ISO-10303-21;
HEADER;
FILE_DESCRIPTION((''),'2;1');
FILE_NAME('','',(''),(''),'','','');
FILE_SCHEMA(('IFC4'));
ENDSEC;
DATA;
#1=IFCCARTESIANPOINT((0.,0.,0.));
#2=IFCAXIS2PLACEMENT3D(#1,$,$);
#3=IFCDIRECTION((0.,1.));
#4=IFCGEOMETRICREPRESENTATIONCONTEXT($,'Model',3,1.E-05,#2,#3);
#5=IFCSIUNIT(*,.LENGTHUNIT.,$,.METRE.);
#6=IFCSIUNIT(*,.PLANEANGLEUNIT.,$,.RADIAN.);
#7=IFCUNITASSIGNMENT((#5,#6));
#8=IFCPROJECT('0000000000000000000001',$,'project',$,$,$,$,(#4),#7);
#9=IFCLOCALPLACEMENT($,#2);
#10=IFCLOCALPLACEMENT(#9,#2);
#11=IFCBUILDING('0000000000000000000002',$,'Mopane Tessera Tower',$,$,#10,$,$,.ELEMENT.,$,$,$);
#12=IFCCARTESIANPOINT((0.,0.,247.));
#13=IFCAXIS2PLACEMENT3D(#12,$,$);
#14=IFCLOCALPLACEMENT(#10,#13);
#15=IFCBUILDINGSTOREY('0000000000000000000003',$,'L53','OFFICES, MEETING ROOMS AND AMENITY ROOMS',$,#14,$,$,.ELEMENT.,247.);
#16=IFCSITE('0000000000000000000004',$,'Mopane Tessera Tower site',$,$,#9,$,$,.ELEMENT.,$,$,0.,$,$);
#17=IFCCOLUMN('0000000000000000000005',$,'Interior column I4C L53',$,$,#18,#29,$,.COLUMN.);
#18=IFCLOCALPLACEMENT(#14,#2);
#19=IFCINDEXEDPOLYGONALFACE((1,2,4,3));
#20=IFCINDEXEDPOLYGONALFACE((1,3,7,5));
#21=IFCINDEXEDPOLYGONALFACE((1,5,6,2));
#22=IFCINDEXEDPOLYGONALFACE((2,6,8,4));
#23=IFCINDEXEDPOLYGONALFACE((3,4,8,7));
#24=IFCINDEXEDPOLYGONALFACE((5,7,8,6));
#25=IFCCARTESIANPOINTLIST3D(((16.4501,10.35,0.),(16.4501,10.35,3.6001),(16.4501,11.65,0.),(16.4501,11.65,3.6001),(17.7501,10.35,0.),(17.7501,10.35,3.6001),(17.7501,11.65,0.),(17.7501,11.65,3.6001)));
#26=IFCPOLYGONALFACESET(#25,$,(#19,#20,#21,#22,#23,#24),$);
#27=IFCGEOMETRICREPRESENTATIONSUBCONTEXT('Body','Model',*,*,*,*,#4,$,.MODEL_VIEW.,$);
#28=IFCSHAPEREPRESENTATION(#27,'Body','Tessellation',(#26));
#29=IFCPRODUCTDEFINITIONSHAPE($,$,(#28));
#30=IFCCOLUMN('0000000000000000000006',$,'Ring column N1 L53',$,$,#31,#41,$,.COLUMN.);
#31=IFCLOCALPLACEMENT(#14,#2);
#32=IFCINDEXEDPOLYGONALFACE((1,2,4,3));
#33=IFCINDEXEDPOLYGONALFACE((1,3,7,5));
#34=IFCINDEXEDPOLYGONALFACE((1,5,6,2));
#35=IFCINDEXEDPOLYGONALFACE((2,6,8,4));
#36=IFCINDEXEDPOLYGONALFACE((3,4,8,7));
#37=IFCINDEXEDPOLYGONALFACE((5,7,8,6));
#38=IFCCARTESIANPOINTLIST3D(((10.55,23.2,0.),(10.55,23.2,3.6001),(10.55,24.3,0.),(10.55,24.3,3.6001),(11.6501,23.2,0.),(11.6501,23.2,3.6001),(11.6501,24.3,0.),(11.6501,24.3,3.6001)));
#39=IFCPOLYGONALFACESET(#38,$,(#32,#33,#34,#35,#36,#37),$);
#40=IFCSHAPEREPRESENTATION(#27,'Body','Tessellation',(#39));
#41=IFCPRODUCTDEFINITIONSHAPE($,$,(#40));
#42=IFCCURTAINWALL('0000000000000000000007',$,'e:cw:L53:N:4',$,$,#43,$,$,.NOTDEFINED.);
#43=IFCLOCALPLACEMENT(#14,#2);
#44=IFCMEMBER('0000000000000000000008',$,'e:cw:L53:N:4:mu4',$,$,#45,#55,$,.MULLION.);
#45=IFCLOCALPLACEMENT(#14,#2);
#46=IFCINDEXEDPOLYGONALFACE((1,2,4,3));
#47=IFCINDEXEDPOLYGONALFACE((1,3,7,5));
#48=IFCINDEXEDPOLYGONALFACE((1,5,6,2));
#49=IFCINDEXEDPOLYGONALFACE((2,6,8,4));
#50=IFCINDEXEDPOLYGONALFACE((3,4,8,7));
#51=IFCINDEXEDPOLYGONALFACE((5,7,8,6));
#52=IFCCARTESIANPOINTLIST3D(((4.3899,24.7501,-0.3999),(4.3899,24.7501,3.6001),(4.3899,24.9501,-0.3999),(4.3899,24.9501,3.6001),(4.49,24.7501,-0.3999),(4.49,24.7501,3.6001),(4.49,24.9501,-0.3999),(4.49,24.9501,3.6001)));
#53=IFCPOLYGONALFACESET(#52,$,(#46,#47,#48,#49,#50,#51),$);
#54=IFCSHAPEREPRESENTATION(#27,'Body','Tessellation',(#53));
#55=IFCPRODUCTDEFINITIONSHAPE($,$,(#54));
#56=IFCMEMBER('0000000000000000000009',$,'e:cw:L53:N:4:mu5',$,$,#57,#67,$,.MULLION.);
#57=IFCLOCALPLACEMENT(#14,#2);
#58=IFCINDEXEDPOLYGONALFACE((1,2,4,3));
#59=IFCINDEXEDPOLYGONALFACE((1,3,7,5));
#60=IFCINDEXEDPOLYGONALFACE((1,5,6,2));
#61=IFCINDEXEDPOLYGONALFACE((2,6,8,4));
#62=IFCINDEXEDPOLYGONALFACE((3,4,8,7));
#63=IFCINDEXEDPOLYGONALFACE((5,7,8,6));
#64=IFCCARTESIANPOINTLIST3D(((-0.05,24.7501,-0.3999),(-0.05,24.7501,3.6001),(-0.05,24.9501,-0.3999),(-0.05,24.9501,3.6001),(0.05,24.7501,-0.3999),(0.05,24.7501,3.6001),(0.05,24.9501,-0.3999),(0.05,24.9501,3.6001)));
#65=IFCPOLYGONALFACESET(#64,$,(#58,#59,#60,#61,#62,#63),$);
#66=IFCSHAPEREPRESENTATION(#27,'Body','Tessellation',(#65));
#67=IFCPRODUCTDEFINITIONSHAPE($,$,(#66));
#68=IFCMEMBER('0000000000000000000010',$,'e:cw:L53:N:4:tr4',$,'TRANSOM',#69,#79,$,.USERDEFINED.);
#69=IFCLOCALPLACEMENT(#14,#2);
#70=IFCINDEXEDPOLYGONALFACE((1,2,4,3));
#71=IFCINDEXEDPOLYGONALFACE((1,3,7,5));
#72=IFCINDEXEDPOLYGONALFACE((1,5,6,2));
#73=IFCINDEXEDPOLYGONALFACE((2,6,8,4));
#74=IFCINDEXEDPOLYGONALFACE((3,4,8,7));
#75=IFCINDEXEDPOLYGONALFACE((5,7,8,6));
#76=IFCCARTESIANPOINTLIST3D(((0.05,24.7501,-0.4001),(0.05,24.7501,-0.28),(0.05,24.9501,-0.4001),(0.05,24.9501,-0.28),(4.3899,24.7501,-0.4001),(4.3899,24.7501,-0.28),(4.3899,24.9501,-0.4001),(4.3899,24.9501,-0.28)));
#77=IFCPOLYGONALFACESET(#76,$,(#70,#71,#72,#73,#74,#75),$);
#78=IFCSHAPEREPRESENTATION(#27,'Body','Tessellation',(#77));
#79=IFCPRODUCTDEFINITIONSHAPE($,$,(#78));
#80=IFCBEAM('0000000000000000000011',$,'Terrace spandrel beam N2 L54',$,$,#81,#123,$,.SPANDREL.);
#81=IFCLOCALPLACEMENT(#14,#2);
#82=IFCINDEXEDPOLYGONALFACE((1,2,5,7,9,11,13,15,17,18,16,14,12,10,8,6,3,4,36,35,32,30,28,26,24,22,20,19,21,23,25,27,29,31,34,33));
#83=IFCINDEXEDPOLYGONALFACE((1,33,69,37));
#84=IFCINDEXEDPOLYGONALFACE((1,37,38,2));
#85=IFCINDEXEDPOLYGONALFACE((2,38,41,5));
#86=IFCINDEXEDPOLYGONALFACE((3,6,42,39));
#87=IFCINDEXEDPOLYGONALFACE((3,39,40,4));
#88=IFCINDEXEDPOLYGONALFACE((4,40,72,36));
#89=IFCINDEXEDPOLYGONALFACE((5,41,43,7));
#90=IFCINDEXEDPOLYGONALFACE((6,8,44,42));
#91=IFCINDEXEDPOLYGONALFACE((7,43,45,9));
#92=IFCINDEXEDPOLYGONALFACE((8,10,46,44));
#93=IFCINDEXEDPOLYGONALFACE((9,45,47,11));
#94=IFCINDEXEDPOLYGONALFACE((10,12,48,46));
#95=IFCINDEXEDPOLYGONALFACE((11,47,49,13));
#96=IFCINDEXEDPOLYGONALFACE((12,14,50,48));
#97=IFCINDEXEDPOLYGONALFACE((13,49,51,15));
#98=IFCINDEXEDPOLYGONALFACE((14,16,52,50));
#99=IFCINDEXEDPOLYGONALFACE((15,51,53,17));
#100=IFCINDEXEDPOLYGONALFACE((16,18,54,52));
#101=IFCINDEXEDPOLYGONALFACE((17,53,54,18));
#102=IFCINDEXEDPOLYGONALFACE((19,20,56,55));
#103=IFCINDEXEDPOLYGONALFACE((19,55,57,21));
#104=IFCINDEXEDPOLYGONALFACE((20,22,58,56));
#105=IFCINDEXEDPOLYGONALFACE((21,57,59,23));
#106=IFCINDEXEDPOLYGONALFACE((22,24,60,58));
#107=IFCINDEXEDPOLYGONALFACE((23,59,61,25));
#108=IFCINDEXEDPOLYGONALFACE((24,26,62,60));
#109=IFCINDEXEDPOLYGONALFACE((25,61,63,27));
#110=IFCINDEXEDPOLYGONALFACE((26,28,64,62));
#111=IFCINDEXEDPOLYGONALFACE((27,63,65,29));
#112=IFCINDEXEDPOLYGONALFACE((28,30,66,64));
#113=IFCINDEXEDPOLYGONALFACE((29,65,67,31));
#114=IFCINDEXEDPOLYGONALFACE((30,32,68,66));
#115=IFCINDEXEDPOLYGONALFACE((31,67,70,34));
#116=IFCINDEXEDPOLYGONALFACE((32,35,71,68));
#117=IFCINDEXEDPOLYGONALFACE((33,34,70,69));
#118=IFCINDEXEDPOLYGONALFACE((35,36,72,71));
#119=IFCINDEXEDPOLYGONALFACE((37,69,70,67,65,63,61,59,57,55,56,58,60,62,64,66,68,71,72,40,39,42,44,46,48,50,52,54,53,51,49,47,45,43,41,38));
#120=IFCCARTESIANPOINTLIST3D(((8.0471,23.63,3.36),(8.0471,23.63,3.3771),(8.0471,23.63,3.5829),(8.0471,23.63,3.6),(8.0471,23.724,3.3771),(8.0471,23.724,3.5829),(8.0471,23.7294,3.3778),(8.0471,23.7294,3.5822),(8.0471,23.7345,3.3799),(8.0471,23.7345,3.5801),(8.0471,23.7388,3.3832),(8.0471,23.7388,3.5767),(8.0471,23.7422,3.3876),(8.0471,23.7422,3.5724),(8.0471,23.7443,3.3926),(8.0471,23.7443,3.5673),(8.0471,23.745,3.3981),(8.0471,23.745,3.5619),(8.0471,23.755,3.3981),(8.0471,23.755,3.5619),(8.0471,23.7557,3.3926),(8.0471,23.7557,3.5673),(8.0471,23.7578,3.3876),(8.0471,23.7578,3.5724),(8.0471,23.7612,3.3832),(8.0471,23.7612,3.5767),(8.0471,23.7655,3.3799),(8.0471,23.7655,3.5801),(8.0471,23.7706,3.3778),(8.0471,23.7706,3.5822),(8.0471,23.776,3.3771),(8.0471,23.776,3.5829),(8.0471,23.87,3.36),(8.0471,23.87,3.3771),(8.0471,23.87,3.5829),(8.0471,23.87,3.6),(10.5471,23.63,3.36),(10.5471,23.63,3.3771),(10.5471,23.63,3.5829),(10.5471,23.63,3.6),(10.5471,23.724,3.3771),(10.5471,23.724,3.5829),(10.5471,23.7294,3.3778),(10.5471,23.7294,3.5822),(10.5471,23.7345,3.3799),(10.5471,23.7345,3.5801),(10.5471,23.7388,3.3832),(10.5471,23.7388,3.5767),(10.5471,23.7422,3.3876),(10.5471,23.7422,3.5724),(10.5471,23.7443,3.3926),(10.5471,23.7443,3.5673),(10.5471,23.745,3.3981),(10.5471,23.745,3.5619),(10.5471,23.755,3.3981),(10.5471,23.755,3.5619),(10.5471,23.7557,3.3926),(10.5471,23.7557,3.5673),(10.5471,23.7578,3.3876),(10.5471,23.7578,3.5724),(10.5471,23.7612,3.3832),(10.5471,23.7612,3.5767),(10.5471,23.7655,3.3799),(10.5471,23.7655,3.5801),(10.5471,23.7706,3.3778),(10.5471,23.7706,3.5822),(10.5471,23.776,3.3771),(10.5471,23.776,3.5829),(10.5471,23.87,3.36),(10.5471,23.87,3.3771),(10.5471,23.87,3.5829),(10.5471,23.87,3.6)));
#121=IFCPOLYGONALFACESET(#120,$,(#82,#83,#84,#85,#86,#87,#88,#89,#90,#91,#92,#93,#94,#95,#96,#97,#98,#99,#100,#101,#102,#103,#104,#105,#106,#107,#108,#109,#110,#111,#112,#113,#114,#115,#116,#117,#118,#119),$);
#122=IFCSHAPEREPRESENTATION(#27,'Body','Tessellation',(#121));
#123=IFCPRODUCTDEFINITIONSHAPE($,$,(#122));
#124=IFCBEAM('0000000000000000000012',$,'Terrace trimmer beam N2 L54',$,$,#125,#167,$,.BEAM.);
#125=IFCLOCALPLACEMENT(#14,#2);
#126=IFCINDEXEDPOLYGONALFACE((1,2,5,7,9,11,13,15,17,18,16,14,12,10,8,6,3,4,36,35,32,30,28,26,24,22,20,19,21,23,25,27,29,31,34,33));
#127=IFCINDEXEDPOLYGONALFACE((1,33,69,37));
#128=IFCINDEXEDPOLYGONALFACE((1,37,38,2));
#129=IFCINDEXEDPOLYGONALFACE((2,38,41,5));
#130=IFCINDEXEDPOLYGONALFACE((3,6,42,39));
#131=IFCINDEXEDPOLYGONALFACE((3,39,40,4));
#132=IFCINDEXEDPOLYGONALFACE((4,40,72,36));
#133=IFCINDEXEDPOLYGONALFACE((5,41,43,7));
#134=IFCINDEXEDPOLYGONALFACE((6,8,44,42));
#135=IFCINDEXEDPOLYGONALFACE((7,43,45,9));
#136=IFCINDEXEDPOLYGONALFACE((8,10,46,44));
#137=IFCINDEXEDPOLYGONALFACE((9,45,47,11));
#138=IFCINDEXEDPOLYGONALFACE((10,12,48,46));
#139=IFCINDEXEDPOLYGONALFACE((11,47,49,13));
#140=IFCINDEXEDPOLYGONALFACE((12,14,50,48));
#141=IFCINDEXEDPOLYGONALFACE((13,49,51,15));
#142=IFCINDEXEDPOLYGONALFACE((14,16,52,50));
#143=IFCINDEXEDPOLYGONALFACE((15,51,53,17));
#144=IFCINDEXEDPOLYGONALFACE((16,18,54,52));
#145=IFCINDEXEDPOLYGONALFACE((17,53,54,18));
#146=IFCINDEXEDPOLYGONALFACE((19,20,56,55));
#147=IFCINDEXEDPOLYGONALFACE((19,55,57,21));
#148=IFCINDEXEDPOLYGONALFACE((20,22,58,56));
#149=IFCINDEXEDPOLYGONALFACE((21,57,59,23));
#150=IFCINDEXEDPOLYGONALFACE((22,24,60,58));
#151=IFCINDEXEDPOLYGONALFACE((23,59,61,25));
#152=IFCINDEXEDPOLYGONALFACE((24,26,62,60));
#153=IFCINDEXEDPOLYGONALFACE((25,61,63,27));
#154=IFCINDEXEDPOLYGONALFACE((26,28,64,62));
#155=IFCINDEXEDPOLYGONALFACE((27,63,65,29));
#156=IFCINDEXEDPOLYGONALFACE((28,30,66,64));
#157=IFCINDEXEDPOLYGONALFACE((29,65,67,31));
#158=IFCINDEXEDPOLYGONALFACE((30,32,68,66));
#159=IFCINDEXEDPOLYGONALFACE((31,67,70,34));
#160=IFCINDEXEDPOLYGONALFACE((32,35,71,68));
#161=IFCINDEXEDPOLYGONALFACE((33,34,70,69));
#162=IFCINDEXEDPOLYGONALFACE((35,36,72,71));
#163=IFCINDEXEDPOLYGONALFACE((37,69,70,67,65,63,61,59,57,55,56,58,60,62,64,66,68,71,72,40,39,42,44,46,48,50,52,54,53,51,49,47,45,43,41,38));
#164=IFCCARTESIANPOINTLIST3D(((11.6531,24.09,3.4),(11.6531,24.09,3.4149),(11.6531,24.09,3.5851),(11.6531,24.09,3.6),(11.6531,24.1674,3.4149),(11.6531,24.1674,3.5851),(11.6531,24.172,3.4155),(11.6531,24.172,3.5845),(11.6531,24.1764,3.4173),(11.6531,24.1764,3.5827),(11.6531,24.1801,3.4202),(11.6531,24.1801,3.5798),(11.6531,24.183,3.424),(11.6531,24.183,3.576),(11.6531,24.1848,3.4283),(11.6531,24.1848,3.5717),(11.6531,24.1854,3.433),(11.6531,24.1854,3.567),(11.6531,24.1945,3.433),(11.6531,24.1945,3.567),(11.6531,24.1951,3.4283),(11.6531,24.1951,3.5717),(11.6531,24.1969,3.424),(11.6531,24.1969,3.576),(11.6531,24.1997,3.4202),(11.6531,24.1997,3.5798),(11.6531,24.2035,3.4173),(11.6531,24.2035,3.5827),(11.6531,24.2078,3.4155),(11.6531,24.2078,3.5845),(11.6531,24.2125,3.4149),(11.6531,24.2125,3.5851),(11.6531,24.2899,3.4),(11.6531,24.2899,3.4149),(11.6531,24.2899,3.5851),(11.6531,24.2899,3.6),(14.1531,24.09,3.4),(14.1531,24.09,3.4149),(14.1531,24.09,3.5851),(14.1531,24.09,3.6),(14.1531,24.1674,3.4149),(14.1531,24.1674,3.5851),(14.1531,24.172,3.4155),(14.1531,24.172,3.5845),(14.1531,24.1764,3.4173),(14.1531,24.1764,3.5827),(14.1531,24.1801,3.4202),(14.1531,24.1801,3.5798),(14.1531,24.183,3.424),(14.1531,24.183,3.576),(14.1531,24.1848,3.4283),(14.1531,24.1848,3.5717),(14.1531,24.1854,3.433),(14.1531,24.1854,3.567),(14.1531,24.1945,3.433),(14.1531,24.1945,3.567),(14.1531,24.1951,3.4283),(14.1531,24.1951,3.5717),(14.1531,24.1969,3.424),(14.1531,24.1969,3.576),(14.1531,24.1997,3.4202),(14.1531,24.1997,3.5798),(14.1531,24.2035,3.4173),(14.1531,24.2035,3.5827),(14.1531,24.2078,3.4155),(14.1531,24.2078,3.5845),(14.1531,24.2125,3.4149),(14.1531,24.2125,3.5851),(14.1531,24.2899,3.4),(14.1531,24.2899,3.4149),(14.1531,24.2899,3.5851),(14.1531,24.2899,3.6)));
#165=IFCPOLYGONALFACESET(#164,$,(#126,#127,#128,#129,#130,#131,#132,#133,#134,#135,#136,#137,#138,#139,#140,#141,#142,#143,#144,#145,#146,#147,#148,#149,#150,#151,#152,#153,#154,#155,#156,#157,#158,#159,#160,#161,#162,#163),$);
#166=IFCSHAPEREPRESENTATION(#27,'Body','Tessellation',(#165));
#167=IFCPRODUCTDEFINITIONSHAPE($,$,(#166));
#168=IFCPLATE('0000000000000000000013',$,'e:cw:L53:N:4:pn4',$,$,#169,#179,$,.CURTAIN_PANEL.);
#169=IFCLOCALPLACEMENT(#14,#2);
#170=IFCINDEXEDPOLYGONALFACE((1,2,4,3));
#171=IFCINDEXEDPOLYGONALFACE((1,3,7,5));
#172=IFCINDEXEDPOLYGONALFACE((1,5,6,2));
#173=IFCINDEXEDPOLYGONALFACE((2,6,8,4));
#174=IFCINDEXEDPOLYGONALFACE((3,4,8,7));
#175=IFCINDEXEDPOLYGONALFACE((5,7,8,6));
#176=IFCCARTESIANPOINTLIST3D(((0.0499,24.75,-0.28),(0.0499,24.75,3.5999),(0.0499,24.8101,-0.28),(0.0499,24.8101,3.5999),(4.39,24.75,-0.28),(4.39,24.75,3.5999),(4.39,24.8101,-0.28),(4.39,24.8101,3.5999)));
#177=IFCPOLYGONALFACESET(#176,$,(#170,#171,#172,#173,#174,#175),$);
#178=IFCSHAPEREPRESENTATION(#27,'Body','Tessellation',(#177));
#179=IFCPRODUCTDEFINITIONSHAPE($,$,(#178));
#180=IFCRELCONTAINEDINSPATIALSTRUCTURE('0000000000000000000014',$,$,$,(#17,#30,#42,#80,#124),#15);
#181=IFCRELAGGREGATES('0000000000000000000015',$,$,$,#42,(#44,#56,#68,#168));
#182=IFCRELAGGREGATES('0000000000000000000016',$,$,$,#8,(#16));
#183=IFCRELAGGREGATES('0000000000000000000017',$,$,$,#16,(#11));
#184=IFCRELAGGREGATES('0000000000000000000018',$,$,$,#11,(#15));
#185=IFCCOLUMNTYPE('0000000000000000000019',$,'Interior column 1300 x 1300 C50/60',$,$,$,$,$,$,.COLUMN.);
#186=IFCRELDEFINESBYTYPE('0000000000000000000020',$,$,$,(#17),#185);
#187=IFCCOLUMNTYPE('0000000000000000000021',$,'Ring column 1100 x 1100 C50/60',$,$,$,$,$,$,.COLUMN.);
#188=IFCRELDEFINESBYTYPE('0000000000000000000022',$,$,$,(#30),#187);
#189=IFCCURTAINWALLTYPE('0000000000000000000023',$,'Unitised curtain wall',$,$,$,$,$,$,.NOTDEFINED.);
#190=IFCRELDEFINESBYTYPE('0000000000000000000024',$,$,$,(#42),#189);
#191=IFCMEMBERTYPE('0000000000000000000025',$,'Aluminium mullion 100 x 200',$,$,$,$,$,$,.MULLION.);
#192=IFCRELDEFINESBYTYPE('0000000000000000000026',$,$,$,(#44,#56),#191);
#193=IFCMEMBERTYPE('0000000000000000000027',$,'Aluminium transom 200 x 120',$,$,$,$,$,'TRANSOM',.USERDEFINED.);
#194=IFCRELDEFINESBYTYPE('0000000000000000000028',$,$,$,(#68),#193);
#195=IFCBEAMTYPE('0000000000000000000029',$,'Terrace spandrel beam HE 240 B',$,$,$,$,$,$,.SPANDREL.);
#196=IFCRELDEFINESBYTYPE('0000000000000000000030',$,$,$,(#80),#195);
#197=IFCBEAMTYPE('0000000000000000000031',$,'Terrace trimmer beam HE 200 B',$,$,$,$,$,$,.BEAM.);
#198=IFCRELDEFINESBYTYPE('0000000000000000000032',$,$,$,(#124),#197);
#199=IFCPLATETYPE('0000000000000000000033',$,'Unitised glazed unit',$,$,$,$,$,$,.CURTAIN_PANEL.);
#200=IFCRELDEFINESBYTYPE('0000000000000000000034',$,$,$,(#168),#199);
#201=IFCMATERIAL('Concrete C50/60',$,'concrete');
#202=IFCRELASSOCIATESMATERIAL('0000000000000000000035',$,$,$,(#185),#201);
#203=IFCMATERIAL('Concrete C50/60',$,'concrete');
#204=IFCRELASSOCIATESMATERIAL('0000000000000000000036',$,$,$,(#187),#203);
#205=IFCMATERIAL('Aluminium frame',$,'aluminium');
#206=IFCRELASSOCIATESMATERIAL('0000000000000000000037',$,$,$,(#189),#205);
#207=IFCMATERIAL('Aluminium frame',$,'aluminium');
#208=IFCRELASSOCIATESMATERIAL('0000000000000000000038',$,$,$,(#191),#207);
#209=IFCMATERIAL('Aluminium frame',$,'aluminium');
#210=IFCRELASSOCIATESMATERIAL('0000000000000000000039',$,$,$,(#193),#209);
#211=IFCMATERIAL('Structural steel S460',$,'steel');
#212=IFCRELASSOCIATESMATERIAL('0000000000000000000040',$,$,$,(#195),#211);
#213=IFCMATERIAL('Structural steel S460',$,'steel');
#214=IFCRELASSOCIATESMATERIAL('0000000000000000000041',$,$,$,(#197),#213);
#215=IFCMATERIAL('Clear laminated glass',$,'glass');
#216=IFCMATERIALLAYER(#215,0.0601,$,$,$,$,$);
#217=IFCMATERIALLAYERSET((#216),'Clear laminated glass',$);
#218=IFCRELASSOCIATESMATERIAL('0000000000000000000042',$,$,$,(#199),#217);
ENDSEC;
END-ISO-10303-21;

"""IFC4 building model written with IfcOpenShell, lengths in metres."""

from ifc_helpers import new_model, si_unit, direction, frame, origin, origin_2d, place, context, subcontext, project, spatial, rectangle, i_section, extrude, material, layer, layer_set, material_profile, profile_set, type_object, element, aggregate, save


model = new_model("IFC4")

# Units and contexts
model_context = context("Model", 3, precision=1e-05, world=origin(), true_north=direction((0.0, 1.0)))
body_context = subcontext(model_context, "Body", "Model", "MODEL_VIEW")
ifc_project = project(units=[si_unit("LENGTHUNIT", "METRE"), si_unit("PLANEANGLEUNIT", "RADIAN")], contexts=[model_context])

# Site, building, storey
site_placement = place(None, origin())
site = spatial("IfcSite", under=ifc_project, at=site_placement, Name="Mopane Tessera Tower site", CompositionType="ELEMENT", RefElevation=0.0)
building_placement = place(site_placement, origin())
building = spatial("IfcBuilding", under=site, at=building_placement, Name="Mopane Tessera Tower", CompositionType="ELEMENT")
storey_placement = place(building_placement, frame((0.0, 0.0, 247.0)))
storey = spatial("IfcBuildingStorey", under=building, at=storey_placement, Name="L53", Description="OFFICES, MEETING ROOMS AND AMENITY ROOMS", CompositionType="ELEMENT", Elevation=247.0)

# Columns
ifc_material_1 = material(Name="Concrete C50/60", Category="concrete")
ifc_material_profile_1 = material_profile(ifc_material_1, rectangle(XDim=1.3, YDim=1.3, at=origin_2d()))
ifc_profile_set_1 = profile_set([ifc_material_profile_1], Name="Concrete C50/60")
column_type_1 = type_object("IfcColumnType", Name="Interior column 1300 x 1300 C50/60", PredefinedType="COLUMN", material=ifc_profile_set_1)
column_1_placement = place(storey_placement, frame((17.1001, 11.0, 0.0), z_axis=(0.0, 0.0, 1.0), x_axis=(1.0, 0.0, 0.0)))
element("IfcColumn", 1, at=column_1_placement, inside=storey, type_object=column_type_1, Name="Interior column I4C L53", PredefinedType="COLUMN", context=body_context, shape_type="SweptSolid", body=[
    extrude(rectangle(XDim=1.3, YDim=1.3, at=origin_2d()), origin(), (0.0, 0.0, 1.0), 3.6001),
])
ifc_material_2 = material(Name="Concrete C50/60", Category="concrete")
ifc_material_profile_2 = material_profile(ifc_material_2, rectangle(XDim=1.1001, YDim=1.1001, at=origin_2d()))
ifc_profile_set_2 = profile_set([ifc_material_profile_2], Name="Concrete C50/60")
column_type_2 = type_object("IfcColumnType", Name="Ring column 1100 x 1100 C50/60", PredefinedType="COLUMN", material=ifc_profile_set_2)
column_2_placement = place(storey_placement, frame((11.1001, 23.75, 0.0), z_axis=(0.0, 0.0, 1.0), x_axis=(1.0, 0.0, 0.0)))
element("IfcColumn", 2, at=column_2_placement, inside=storey, type_object=column_type_2, Name="Ring column N1 L53", PredefinedType="COLUMN", context=body_context, shape_type="SweptSolid", body=[
    extrude(rectangle(XDim=1.1001, YDim=1.1001, at=origin_2d()), origin(), (0.0, 0.0, 1.0), 3.6001),
])

# Curtain wall, members
ifc_material_3 = material(Name="Aluminium frame", Category="aluminium")
curtain_wall_type = type_object("IfcCurtainWallType", Name="Unitised curtain wall", PredefinedType="NOTDEFINED", material=ifc_material_3)
curtain_wall_placement = place(storey_placement, origin())
curtain_wall = element("IfcCurtainWall", 3, at=curtain_wall_placement, inside=storey, type_object=curtain_wall_type, Name="e:cw:L53:N:4", PredefinedType="NOTDEFINED")
ifc_material_4 = material(Name="Aluminium frame", Category="aluminium")
ifc_material_profile_3 = material_profile(ifc_material_4, rectangle(XDim=0.1001, YDim=0.2, at=origin_2d()))
ifc_profile_set_3 = profile_set([ifc_material_profile_3], Name="Aluminium frame")
member_type_1 = type_object("IfcMemberType", Name="Aluminium mullion 100 x 200", PredefinedType="MULLION", material=ifc_profile_set_3)
member_1_placement = place(storey_placement, frame((4.4399, 24.8501, -0.3999), z_axis=(0.0, 0.0, 1.0), x_axis=(-1.0, 0.0, 0.0)))
member_1 = element("IfcMember", 4, at=member_1_placement, type_object=member_type_1, Name="e:cw:L53:N:4:mu4", PredefinedType="MULLION", context=body_context, shape_type="SweptSolid", body=[
    extrude(rectangle(XDim=0.1001, YDim=0.2, at=origin_2d()), origin(), (0.0, 0.0, 1.0), 4.0),
])
member_2_placement = place(storey_placement, frame((0.0, 24.8501, -0.3999), z_axis=(0.0, 0.0, 1.0), x_axis=(-1.0, 0.0, 0.0)))
member_2 = element("IfcMember", 5, at=member_2_placement, type_object=member_type_1, Name="e:cw:L53:N:4:mu5", PredefinedType="MULLION", context=body_context, shape_type="SweptSolid", body=[
    extrude(rectangle(XDim=0.1001, YDim=0.2, at=origin_2d()), origin(), (0.0, 0.0, 1.0), 4.0),
])
ifc_material_5 = material(Name="Aluminium frame", Category="aluminium")
ifc_material_profile_4 = material_profile(ifc_material_5, rectangle(XDim=0.2, YDim=0.1201, at=origin_2d()))
ifc_profile_set_4 = profile_set([ifc_material_profile_4], Name="Aluminium frame")
member_type_2 = type_object("IfcMemberType", Name="Aluminium transom 200 x 120", ElementType="TRANSOM", PredefinedType="USERDEFINED", material=ifc_profile_set_4)
member_3_placement = place(storey_placement, frame((4.3899, 24.8501, -0.3401), z_axis=(-1.0, 0.0, 0.0), x_axis=(0.0, -1.0, 0.0)))
member_3 = element("IfcMember", 6, at=member_3_placement, type_object=member_type_2, Name="e:cw:L53:N:4:tr4", ObjectType="TRANSOM", PredefinedType="USERDEFINED", context=body_context, shape_type="SweptSolid", body=[
    extrude(rectangle(XDim=0.2, YDim=0.1201, at=origin_2d()), origin(), (0.0, 0.0, 1.0), 4.3398),
])

# Beams
ifc_material_6 = material(Name="Structural steel S460", Category="steel")
ifc_material_profile_5 = material_profile(ifc_material_6, i_section(OverallWidth=0.24, OverallDepth=0.24, WebThickness=0.01, FlangeThickness=0.0171, FilletRadius=0.021, at=origin_2d()))
ifc_profile_set_5 = profile_set([ifc_material_profile_5], Name="Structural steel S460")
beam_type_1 = type_object("IfcBeamType", Name="Terrace spandrel beam HE 240 B", PredefinedType="SPANDREL", material=ifc_profile_set_5)
beam_1_placement = place(storey_placement, frame((10.5471, 23.75, 3.48), z_axis=(-1.0, 0.0, 0.0), x_axis=(0.0, -1.0, 0.0)))
element("IfcBeam", 7, at=beam_1_placement, inside=storey, type_object=beam_type_1, Name="Terrace spandrel beam N2 L54", PredefinedType="SPANDREL", context=body_context, shape_type="SweptSolid", body=[
    extrude(i_section(OverallWidth=0.24, OverallDepth=0.24, WebThickness=0.01, FlangeThickness=0.0171, FilletRadius=0.021, at=origin_2d()), origin(), (0.0, 0.0, 1.0), 2.5),
])
ifc_material_7 = material(Name="Structural steel S460", Category="steel")
ifc_material_profile_6 = material_profile(ifc_material_7, i_section(OverallWidth=0.2, OverallDepth=0.2, WebThickness=0.009, FlangeThickness=0.0149, FilletRadius=0.0181, at=origin_2d()))
ifc_profile_set_6 = profile_set([ifc_material_profile_6], Name="Structural steel S460")
beam_type_2 = type_object("IfcBeamType", Name="Terrace trimmer beam HE 200 B", PredefinedType="BEAM", material=ifc_profile_set_6)
beam_2_placement = place(storey_placement, frame((11.6531, 24.1899, 3.5), z_axis=(1.0, 0.0, 0.0), x_axis=(0.0, 1.0, 0.0)))
element("IfcBeam", 8, at=beam_2_placement, inside=storey, type_object=beam_type_2, Name="Terrace trimmer beam N2 L54", PredefinedType="BEAM", context=body_context, shape_type="SweptSolid", body=[
    extrude(i_section(OverallWidth=0.2, OverallDepth=0.2, WebThickness=0.009, FlangeThickness=0.0149, FilletRadius=0.0181, at=origin_2d()), origin(), (0.0, 0.0, 1.0), 2.5),
])

# Plate
ifc_material_8 = material(Name="Clear laminated glass", Category="glass")
ifc_layer_1 = layer(ifc_material_8, 0.0601)
ifc_layer_set_1 = layer_set([ifc_layer_1], Name="Clear laminated glass")
plate_type = type_object("IfcPlateType", Name="Unitised glazed unit", PredefinedType="CURTAIN_PANEL", material=ifc_layer_set_1)
plate_placement = place(storey_placement, frame((2.22, 24.78, -0.28), z_axis=(0.0, 0.0, 1.0), x_axis=(-1.0, 0.0, 0.0)))
plate = element("IfcPlate", 9, at=plate_placement, type_object=plate_type, Name="e:cw:L53:N:4:pn4", PredefinedType="CURTAIN_PANEL", context=body_context, shape_type="SweptSolid", body=[
    extrude(rectangle(XDim=4.3401, YDim=0.0601, at=origin_2d()), origin(), (0.0, 0.0, 1.0), 3.8799),
])
aggregate(curtain_wall, [member_1, member_2, member_3, plate])

save(model, "model.ifc")
